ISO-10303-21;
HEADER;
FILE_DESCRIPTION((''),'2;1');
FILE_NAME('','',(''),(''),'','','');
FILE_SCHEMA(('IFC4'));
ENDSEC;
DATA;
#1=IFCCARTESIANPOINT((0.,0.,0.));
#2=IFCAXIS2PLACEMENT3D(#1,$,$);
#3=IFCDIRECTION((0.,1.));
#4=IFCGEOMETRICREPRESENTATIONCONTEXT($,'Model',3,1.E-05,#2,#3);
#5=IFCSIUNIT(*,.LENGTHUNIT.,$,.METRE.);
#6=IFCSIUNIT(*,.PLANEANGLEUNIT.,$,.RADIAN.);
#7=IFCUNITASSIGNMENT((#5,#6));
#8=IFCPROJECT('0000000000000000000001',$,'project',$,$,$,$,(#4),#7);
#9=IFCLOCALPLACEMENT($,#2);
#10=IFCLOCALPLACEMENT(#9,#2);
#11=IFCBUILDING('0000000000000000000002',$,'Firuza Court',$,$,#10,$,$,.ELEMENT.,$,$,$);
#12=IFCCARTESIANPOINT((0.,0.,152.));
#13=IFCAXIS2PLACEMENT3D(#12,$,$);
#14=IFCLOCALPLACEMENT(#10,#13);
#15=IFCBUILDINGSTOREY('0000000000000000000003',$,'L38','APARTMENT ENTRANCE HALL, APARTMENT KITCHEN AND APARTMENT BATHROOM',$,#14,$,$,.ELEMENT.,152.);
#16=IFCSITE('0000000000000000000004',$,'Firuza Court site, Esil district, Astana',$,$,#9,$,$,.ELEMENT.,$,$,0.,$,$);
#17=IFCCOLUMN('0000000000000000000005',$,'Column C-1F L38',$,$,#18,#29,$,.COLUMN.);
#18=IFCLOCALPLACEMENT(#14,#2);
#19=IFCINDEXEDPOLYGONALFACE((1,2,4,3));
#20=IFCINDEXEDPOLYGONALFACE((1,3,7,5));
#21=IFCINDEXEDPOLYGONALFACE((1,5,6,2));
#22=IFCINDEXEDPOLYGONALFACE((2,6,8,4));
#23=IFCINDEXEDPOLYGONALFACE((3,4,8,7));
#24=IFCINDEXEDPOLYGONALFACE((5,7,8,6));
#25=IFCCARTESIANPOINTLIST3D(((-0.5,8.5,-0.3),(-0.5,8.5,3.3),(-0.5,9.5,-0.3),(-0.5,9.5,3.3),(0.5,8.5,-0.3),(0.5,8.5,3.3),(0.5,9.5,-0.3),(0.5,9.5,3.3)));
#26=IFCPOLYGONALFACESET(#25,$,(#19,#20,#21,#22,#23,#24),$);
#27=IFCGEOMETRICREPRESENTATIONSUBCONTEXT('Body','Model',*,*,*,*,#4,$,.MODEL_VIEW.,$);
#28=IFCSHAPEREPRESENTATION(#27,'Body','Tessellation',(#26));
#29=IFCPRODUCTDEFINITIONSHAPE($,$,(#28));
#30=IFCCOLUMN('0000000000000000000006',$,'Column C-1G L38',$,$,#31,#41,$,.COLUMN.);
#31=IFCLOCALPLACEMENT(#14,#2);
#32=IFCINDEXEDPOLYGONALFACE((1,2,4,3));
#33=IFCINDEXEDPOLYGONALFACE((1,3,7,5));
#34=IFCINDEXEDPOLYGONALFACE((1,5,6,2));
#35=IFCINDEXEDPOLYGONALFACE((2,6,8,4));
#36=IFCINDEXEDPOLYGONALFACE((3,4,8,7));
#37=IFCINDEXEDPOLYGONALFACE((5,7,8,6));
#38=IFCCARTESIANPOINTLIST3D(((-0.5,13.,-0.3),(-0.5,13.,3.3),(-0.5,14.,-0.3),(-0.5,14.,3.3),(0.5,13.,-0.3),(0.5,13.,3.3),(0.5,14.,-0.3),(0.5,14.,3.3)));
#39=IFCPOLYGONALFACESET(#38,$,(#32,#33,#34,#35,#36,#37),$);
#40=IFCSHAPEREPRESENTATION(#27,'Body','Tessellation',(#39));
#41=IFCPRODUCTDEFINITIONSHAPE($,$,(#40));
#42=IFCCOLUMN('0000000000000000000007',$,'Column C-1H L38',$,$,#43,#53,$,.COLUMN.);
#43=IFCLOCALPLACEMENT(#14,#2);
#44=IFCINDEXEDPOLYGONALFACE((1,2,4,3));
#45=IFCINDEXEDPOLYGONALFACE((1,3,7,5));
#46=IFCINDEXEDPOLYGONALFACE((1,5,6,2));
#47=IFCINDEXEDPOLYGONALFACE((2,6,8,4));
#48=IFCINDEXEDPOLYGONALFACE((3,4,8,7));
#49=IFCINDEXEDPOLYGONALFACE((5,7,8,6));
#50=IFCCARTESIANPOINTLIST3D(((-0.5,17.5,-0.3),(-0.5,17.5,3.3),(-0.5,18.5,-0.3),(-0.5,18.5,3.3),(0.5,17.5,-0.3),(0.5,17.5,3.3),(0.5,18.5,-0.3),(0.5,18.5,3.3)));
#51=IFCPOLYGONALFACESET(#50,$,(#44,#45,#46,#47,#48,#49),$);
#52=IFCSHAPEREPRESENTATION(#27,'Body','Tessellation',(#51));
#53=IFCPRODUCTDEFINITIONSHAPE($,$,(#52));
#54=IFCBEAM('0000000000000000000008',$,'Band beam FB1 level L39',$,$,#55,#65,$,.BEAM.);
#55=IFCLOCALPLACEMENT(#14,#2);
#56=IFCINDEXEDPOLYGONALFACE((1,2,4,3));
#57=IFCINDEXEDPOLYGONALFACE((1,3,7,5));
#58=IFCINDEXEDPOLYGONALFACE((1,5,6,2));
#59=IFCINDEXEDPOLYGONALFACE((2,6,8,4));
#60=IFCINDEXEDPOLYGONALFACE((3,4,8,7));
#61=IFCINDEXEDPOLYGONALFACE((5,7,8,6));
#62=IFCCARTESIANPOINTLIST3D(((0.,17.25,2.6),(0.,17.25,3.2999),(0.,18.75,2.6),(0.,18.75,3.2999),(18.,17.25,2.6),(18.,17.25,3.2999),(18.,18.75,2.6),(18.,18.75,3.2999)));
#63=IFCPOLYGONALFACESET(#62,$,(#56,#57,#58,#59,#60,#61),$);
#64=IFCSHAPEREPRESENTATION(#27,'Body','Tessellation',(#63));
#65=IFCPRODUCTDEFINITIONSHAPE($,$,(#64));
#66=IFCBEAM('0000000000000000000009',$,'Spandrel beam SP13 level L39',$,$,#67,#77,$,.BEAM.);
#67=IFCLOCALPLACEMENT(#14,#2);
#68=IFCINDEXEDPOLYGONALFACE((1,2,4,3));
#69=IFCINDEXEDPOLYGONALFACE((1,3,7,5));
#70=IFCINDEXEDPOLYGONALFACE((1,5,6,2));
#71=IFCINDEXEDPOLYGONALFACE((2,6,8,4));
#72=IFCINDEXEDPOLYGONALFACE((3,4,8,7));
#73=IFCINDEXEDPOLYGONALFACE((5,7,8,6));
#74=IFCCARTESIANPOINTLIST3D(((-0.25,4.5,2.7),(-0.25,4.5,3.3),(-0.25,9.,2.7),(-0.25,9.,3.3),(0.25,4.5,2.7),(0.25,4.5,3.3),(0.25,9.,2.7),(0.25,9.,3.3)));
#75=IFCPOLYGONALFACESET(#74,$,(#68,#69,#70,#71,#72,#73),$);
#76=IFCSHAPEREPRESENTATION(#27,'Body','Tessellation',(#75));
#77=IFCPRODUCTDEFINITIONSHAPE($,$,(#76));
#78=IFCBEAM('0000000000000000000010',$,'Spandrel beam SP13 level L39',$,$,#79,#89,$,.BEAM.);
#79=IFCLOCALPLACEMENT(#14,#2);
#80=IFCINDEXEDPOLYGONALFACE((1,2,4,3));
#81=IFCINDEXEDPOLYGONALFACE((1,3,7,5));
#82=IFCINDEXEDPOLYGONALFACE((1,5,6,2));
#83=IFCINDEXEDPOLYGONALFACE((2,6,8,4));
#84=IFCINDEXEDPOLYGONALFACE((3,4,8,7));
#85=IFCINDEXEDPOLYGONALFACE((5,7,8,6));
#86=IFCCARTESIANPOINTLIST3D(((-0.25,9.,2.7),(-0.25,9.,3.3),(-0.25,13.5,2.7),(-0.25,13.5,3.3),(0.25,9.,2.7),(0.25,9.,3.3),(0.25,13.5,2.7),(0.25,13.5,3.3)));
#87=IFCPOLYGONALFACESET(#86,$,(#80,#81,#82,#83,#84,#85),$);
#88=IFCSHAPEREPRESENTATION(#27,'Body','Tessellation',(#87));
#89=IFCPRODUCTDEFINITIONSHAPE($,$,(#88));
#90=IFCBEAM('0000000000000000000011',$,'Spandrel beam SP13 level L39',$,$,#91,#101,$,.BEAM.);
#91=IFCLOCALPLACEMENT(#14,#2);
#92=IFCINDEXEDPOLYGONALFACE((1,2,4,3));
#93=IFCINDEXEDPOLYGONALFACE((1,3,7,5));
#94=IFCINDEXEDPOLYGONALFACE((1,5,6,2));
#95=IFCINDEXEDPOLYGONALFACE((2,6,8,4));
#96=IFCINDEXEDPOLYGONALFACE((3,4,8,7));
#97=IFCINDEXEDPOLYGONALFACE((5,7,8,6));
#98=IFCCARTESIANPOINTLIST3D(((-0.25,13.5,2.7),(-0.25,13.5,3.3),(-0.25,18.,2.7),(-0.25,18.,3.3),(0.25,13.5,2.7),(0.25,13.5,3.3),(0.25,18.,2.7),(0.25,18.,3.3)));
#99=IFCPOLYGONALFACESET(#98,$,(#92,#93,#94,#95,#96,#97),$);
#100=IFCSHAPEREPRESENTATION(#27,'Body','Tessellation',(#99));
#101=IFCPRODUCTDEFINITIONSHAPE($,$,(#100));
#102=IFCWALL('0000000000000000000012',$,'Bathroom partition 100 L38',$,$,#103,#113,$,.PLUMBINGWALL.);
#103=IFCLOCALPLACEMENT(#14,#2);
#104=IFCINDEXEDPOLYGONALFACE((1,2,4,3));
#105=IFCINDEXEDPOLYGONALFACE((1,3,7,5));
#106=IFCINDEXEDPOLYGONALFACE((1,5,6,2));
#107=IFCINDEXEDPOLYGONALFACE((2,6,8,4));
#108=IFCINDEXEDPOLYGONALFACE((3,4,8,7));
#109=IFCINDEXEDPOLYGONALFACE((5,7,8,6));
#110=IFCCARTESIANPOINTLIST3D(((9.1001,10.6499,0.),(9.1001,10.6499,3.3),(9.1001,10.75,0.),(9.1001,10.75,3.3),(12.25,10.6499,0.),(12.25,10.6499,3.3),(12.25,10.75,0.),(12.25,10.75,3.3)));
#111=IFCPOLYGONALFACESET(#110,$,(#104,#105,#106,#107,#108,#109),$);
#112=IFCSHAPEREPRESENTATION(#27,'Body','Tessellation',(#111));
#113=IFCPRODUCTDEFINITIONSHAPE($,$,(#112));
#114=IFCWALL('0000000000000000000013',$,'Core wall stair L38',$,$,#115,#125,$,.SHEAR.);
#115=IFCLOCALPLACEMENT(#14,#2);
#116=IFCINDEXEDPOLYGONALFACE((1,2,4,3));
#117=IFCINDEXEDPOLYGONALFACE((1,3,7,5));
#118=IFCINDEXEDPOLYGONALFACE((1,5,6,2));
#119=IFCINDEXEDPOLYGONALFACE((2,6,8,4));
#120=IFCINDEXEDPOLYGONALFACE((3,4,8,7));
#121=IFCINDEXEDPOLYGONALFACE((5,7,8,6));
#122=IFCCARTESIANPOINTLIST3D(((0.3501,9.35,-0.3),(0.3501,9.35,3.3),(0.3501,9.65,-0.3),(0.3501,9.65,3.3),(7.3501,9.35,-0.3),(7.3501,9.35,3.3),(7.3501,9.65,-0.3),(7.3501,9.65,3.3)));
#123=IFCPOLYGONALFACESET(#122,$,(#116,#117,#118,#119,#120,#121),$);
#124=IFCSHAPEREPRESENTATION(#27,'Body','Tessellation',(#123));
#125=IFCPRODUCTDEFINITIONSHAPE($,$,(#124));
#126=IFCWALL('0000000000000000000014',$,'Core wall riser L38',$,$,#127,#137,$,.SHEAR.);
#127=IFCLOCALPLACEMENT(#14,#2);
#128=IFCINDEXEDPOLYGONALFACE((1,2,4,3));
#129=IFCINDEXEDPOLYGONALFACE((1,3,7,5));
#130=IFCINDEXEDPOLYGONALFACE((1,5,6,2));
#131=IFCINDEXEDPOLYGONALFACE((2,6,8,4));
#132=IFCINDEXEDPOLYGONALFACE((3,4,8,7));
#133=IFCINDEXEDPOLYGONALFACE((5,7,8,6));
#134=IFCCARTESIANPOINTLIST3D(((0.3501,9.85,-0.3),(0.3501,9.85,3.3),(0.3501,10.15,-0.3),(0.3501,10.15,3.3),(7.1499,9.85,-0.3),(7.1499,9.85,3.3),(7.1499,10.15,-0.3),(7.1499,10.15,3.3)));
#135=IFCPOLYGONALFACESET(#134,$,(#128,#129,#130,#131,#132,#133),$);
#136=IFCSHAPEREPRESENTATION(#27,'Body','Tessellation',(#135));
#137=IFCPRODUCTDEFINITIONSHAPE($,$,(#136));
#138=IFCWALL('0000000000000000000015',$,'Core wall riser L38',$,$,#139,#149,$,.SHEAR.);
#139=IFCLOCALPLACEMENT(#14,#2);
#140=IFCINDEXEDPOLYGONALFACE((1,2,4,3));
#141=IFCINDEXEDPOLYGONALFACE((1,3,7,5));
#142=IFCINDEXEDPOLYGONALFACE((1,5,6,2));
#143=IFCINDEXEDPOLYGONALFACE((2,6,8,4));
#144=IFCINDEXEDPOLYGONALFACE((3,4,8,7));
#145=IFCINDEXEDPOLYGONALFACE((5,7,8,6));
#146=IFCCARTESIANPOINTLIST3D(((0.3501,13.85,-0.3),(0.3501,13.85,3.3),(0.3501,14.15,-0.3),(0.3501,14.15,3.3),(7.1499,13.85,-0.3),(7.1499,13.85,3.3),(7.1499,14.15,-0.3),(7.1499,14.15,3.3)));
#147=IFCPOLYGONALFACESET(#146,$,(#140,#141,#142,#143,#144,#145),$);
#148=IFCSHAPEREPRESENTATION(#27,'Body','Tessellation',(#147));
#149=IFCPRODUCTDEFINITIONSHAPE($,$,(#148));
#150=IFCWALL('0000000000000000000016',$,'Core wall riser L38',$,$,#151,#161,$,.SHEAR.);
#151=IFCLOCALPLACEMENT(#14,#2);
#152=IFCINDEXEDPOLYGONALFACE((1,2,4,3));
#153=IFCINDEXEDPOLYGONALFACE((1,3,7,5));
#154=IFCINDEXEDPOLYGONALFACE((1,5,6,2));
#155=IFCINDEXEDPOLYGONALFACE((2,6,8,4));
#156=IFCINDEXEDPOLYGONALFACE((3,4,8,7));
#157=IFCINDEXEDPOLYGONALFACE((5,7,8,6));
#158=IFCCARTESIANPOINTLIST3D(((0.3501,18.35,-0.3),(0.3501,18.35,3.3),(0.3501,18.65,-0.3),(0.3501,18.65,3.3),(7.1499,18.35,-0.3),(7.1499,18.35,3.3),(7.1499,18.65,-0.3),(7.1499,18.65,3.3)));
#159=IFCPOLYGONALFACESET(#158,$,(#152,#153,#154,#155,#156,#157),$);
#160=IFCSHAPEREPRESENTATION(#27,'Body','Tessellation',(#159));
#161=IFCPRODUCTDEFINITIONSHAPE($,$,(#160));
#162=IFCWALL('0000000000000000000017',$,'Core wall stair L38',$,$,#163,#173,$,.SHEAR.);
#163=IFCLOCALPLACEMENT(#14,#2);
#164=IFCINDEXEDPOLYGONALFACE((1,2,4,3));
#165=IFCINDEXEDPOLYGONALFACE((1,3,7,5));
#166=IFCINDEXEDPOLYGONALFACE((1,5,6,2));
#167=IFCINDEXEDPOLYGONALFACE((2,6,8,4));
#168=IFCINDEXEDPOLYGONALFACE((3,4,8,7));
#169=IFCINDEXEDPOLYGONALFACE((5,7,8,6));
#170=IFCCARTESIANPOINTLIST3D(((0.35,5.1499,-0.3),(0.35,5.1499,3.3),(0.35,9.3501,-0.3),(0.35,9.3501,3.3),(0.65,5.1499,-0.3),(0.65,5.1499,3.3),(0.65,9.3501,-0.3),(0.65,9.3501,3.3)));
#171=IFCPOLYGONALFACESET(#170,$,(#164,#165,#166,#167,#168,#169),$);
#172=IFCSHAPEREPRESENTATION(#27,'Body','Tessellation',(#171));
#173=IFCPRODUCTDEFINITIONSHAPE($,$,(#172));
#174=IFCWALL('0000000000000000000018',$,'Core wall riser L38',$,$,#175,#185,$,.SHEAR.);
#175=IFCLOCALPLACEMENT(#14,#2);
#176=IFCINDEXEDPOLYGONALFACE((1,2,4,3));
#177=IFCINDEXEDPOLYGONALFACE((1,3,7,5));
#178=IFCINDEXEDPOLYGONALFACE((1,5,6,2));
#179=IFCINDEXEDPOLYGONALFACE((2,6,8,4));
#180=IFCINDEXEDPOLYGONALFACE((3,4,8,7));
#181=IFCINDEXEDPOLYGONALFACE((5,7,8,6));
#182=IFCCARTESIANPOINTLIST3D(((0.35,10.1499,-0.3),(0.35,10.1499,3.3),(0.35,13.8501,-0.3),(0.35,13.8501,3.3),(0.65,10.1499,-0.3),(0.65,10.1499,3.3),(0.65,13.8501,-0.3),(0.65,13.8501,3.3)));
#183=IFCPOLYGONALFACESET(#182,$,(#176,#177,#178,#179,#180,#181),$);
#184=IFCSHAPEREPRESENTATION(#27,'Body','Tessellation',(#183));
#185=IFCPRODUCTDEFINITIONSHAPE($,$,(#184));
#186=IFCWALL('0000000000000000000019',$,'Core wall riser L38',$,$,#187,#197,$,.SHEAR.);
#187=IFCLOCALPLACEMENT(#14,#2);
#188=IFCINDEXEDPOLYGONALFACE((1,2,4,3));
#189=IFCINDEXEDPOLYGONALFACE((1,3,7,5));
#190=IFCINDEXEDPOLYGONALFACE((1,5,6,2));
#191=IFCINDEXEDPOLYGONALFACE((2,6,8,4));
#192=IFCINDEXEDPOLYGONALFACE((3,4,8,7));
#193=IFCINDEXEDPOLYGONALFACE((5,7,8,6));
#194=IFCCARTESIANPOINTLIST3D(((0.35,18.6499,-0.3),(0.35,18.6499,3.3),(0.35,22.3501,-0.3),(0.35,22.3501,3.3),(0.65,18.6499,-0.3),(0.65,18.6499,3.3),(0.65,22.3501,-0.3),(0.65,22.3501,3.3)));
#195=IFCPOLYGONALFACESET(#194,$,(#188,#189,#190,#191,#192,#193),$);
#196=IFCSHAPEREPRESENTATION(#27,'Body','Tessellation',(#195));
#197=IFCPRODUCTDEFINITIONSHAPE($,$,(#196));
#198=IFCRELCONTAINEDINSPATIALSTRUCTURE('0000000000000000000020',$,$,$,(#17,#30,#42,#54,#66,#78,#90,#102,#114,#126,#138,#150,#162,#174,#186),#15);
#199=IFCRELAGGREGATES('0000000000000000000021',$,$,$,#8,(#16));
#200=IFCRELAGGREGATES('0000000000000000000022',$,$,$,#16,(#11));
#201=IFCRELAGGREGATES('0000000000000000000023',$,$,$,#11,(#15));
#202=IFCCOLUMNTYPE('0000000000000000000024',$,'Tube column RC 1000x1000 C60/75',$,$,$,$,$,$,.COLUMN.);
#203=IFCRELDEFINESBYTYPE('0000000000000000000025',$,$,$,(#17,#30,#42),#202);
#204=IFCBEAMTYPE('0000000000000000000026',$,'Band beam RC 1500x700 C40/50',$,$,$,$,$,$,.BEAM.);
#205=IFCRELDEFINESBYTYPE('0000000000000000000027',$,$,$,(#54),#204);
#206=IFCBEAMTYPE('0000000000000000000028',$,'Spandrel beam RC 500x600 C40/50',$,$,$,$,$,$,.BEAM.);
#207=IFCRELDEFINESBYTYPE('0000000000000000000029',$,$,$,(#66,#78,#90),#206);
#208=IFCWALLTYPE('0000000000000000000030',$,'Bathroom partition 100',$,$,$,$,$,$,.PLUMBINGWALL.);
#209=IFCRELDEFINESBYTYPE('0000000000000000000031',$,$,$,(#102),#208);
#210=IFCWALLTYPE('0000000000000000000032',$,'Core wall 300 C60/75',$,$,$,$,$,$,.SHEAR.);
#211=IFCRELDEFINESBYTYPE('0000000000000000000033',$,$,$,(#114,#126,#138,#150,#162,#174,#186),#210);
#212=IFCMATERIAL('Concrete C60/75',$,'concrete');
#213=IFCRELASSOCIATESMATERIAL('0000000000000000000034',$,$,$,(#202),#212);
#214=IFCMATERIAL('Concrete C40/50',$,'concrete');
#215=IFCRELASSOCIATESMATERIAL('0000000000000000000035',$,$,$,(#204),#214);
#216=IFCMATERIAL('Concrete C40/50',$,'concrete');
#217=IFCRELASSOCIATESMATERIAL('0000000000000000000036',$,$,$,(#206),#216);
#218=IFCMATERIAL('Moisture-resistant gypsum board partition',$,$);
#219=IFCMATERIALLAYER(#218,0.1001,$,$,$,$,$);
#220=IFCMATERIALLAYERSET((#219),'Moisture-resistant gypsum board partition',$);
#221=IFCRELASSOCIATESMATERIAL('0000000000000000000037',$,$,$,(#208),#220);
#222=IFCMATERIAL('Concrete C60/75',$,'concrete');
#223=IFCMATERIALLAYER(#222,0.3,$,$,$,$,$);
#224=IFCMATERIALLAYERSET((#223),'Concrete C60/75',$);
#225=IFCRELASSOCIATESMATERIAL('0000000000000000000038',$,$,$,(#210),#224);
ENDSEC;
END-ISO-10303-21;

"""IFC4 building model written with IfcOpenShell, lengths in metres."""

from ifc_helpers import new_model, si_unit, direction, frame, frame_2d, origin, origin_2d, place, context, subcontext, project, spatial, rectangle, extrude, material, layer, layer_set, material_profile, profile_set, type_object, element, save


model = new_model("IFC4")

# Units and contexts
model_context = context("Model", 3, precision=1e-05, world=origin(), true_north=direction((0.0, 1.0)))
body_context = subcontext(model_context, "Body", "Model", "MODEL_VIEW")
ifc_project = project(units=[si_unit("LENGTHUNIT", "METRE"), si_unit("PLANEANGLEUNIT", "RADIAN")], contexts=[model_context])

# Site, building, storey
site_placement = place(None, origin())
site = spatial("IfcSite", under=ifc_project, at=site_placement, Name="Firuza Court site, Esil district, Astana", CompositionType="ELEMENT", RefElevation=0.0)
building_placement = place(site_placement, origin())
building = spatial("IfcBuilding", under=site, at=building_placement, Name="Firuza Court", CompositionType="ELEMENT")
storey_placement = place(building_placement, frame((0.0, 0.0, 152.0)))
storey = spatial("IfcBuildingStorey", under=building, at=storey_placement, Name="L38", Description="APARTMENT ENTRANCE HALL, APARTMENT KITCHEN AND APARTMENT BATHROOM", CompositionType="ELEMENT", Elevation=152.0)

# Columns
ifc_material_1 = material(Name="Concrete C60/75", Category="concrete")
ifc_material_profile_1 = material_profile(ifc_material_1, rectangle(XDim=1.0, YDim=1.0, at=origin_2d()), Name="RC 1000x1000")
ifc_profile_set_1 = profile_set([ifc_material_profile_1], Name="Concrete C60/75")
column_type = type_object("IfcColumnType", Name="Tube column RC 1000x1000 C60/75", PredefinedType="COLUMN", material=ifc_profile_set_1)
for number, where, z_axis, x_axis, name in (
    (1, (0.0, 9.0, -0.3), (0.0, 0.0, 1.0), (1.0, 0.0, 0.0), "Column C-1F L38"),
    (2, (0.0, 13.5, -0.3), (0.0, 0.0, 1.0), (1.0, 0.0, 0.0), "Column C-1G L38"),
    (3, (0.0, 18.0, -0.3), (0.0, 0.0, 1.0), (1.0, 0.0, 0.0), "Column C-1H L38"),
):
    element("IfcColumn", number, at=place(storey_placement, frame(where, z_axis=z_axis, x_axis=x_axis)), inside=storey, type_object=column_type, Name=name, PredefinedType="COLUMN", context=body_context, shape_type="SweptSolid", body=[
        extrude(rectangle(XDim=1.0, YDim=1.0, at=origin_2d()), origin(), (0.0, 0.0, 1.0), 3.6001),
    ])

# Beams
ifc_material_2 = material(Name="Concrete C40/50", Category="concrete")
ifc_material_profile_2 = material_profile(ifc_material_2, rectangle(XDim=1.5, YDim=0.7, at=origin_2d()), Name="RC 1500x700")
ifc_profile_set_2 = profile_set([ifc_material_profile_2], Name="Concrete C40/50")
beam_type_1 = type_object("IfcBeamType", Name="Band beam RC 1500x700 C40/50", PredefinedType="BEAM", material=ifc_profile_set_2)
beam_placement = place(storey_placement, frame((0.0, 18.0, 2.95), z_axis=(1.0, 0.0, 0.0), x_axis=(0.0, 1.0, 0.0)))
element("IfcBeam", 4, at=beam_placement, inside=storey, type_object=beam_type_1, Name="Band beam FB1 level L39", PredefinedType="BEAM", context=body_context, shape_type="SweptSolid", body=[
    extrude(rectangle(XDim=1.5, YDim=0.7, at=origin_2d()), origin(), (0.0, 0.0, 1.0), 18.0),
])
ifc_material_3 = material(Name="Concrete C40/50", Category="concrete")
ifc_material_profile_3 = material_profile(ifc_material_3, rectangle(XDim=0.5, YDim=0.6001, at=origin_2d()), Name="RC 500x600")
ifc_profile_set_3 = profile_set([ifc_material_profile_3], Name="Concrete C40/50")
beam_type_2 = type_object("IfcBeamType", Name="Spandrel beam RC 500x600 C40/50", PredefinedType="BEAM", material=ifc_profile_set_3)
for number, where, z_axis, x_axis, name in (
    (5, (0.0, 9.0, 3.0), (0.0, -1.0, 0.0), (1.0, 0.0, 0.0), "Spandrel beam SP13 level L39"),
    (6, (0.0, 13.5, 3.0), (0.0, -1.0, 0.0), (1.0, 0.0, 0.0), "Spandrel beam SP13 level L39"),
    (7, (0.0, 18.0, 3.0), (0.0, -1.0, 0.0), (1.0, 0.0, 0.0), "Spandrel beam SP13 level L39"),
):
    element("IfcBeam", number, at=place(storey_placement, frame(where, z_axis=z_axis, x_axis=x_axis)), inside=storey, type_object=beam_type_2, Name=name, PredefinedType="BEAM", context=body_context, shape_type="SweptSolid", body=[
        extrude(rectangle(XDim=0.5, YDim=0.6001, at=origin_2d()), origin(), (0.0, 0.0, 1.0), 4.5),
    ])

# Walls
ifc_material_4 = material(Name="Moisture-resistant gypsum board partition")
ifc_layer_1 = layer(ifc_material_4, 0.1001)
ifc_layer_set_1 = layer_set([ifc_layer_1], Name="Moisture-resistant gypsum board partition")
wall_type_1 = type_object("IfcWallType", Name="Bathroom partition 100", PredefinedType="PLUMBINGWALL", material=ifc_layer_set_1)
wall_1_placement = place(storey_placement, frame((9.1001, 10.7, 0.0), z_axis=(0.0, 0.0, 1.0), x_axis=(1.0, 0.0, 0.0)))
element("IfcWall", 8, at=wall_1_placement, inside=storey, type_object=wall_type_1, Name="Bathroom partition 100 L38", PredefinedType="PLUMBINGWALL", context=body_context, shape_type="SweptSolid", body=[
    extrude(rectangle(XDim=3.1499, YDim=0.1001, at=frame_2d((1.575, 0.0))), origin(), (0.0, 0.0, 1.0), 3.3),
])
ifc_material_5 = material(Name="Concrete C60/75", Category="concrete")
ifc_layer_2 = layer(ifc_material_5, 0.3)
ifc_layer_set_2 = layer_set([ifc_layer_2], Name="Concrete C60/75")
wall_type_2 = type_object("IfcWallType", Name="Core wall 300 C60/75", PredefinedType="SHEAR", material=ifc_layer_set_2)
wall_2_placement = place(storey_placement, frame((0.3501, 9.5, -0.3), z_axis=(0.0, 0.0, 1.0), x_axis=(1.0, 0.0, 0.0)))
element("IfcWall", 9, at=wall_2_placement, inside=storey, type_object=wall_type_2, Name="Core wall stair L38", PredefinedType="SHEAR", context=body_context, shape_type="SweptSolid", body=[
    extrude(rectangle(XDim=7.0, YDim=0.3, at=frame_2d((3.5, 0.0))), origin(), (0.0, 0.0, 1.0), 3.6001),
])
for number, where, z_axis, x_axis, name in (
    (10, (0.3501, 10.0, -0.3), (0.0, 0.0, 1.0), (1.0, 0.0, 0.0), "Core wall riser L38"),
    (11, (0.3501, 14.0, -0.3), (0.0, 0.0, 1.0), (1.0, 0.0, 0.0), "Core wall riser L38"),
    (12, (0.3501, 18.5, -0.3), (0.0, 0.0, 1.0), (1.0, 0.0, 0.0), "Core wall riser L38"),
):
    element("IfcWall", number, at=place(storey_placement, frame(where, z_axis=z_axis, x_axis=x_axis)), inside=storey, type_object=wall_type_2, Name=name, PredefinedType="SHEAR", context=body_context, shape_type="SweptSolid", body=[
        extrude(rectangle(XDim=6.7998, YDim=0.3, at=frame_2d((3.3999, 0.0))), origin(), (0.0, 0.0, 1.0), 3.6001),
    ])
wall_3_placement = place(storey_placement, frame((0.5, 5.1499, -0.3), z_axis=(0.0, 0.0, 1.0), x_axis=(0.0, 1.0, 0.0)))
element("IfcWall", 13, at=wall_3_placement, inside=storey, type_object=wall_type_2, Name="Core wall stair L38", PredefinedType="SHEAR", context=body_context, shape_type="SweptSolid", body=[
    extrude(rectangle(XDim=4.2002, YDim=0.3, at=frame_2d((2.1001, 0.0))), origin(), (0.0, 0.0, 1.0), 3.6001),
])
for number, where, z_axis, x_axis, name in (
    (14, (0.5, 10.1499, -0.3), (0.0, 0.0, 1.0), (0.0, 1.0, 0.0), "Core wall riser L38"),
    (15, (0.5, 18.6499, -0.3), (0.0, 0.0, 1.0), (0.0, 1.0, 0.0), "Core wall riser L38"),
):
    element("IfcWall", number, at=place(storey_placement, frame(where, z_axis=z_axis, x_axis=x_axis)), inside=storey, type_object=wall_type_2, Name=name, PredefinedType="SHEAR", context=body_context, shape_type="SweptSolid", body=[
        extrude(rectangle(XDim=3.7002, YDim=0.3, at=frame_2d((1.8501, 0.0))), origin(), (0.0, 0.0, 1.0), 3.6001),
    ])

save(model, "model.ifc")
